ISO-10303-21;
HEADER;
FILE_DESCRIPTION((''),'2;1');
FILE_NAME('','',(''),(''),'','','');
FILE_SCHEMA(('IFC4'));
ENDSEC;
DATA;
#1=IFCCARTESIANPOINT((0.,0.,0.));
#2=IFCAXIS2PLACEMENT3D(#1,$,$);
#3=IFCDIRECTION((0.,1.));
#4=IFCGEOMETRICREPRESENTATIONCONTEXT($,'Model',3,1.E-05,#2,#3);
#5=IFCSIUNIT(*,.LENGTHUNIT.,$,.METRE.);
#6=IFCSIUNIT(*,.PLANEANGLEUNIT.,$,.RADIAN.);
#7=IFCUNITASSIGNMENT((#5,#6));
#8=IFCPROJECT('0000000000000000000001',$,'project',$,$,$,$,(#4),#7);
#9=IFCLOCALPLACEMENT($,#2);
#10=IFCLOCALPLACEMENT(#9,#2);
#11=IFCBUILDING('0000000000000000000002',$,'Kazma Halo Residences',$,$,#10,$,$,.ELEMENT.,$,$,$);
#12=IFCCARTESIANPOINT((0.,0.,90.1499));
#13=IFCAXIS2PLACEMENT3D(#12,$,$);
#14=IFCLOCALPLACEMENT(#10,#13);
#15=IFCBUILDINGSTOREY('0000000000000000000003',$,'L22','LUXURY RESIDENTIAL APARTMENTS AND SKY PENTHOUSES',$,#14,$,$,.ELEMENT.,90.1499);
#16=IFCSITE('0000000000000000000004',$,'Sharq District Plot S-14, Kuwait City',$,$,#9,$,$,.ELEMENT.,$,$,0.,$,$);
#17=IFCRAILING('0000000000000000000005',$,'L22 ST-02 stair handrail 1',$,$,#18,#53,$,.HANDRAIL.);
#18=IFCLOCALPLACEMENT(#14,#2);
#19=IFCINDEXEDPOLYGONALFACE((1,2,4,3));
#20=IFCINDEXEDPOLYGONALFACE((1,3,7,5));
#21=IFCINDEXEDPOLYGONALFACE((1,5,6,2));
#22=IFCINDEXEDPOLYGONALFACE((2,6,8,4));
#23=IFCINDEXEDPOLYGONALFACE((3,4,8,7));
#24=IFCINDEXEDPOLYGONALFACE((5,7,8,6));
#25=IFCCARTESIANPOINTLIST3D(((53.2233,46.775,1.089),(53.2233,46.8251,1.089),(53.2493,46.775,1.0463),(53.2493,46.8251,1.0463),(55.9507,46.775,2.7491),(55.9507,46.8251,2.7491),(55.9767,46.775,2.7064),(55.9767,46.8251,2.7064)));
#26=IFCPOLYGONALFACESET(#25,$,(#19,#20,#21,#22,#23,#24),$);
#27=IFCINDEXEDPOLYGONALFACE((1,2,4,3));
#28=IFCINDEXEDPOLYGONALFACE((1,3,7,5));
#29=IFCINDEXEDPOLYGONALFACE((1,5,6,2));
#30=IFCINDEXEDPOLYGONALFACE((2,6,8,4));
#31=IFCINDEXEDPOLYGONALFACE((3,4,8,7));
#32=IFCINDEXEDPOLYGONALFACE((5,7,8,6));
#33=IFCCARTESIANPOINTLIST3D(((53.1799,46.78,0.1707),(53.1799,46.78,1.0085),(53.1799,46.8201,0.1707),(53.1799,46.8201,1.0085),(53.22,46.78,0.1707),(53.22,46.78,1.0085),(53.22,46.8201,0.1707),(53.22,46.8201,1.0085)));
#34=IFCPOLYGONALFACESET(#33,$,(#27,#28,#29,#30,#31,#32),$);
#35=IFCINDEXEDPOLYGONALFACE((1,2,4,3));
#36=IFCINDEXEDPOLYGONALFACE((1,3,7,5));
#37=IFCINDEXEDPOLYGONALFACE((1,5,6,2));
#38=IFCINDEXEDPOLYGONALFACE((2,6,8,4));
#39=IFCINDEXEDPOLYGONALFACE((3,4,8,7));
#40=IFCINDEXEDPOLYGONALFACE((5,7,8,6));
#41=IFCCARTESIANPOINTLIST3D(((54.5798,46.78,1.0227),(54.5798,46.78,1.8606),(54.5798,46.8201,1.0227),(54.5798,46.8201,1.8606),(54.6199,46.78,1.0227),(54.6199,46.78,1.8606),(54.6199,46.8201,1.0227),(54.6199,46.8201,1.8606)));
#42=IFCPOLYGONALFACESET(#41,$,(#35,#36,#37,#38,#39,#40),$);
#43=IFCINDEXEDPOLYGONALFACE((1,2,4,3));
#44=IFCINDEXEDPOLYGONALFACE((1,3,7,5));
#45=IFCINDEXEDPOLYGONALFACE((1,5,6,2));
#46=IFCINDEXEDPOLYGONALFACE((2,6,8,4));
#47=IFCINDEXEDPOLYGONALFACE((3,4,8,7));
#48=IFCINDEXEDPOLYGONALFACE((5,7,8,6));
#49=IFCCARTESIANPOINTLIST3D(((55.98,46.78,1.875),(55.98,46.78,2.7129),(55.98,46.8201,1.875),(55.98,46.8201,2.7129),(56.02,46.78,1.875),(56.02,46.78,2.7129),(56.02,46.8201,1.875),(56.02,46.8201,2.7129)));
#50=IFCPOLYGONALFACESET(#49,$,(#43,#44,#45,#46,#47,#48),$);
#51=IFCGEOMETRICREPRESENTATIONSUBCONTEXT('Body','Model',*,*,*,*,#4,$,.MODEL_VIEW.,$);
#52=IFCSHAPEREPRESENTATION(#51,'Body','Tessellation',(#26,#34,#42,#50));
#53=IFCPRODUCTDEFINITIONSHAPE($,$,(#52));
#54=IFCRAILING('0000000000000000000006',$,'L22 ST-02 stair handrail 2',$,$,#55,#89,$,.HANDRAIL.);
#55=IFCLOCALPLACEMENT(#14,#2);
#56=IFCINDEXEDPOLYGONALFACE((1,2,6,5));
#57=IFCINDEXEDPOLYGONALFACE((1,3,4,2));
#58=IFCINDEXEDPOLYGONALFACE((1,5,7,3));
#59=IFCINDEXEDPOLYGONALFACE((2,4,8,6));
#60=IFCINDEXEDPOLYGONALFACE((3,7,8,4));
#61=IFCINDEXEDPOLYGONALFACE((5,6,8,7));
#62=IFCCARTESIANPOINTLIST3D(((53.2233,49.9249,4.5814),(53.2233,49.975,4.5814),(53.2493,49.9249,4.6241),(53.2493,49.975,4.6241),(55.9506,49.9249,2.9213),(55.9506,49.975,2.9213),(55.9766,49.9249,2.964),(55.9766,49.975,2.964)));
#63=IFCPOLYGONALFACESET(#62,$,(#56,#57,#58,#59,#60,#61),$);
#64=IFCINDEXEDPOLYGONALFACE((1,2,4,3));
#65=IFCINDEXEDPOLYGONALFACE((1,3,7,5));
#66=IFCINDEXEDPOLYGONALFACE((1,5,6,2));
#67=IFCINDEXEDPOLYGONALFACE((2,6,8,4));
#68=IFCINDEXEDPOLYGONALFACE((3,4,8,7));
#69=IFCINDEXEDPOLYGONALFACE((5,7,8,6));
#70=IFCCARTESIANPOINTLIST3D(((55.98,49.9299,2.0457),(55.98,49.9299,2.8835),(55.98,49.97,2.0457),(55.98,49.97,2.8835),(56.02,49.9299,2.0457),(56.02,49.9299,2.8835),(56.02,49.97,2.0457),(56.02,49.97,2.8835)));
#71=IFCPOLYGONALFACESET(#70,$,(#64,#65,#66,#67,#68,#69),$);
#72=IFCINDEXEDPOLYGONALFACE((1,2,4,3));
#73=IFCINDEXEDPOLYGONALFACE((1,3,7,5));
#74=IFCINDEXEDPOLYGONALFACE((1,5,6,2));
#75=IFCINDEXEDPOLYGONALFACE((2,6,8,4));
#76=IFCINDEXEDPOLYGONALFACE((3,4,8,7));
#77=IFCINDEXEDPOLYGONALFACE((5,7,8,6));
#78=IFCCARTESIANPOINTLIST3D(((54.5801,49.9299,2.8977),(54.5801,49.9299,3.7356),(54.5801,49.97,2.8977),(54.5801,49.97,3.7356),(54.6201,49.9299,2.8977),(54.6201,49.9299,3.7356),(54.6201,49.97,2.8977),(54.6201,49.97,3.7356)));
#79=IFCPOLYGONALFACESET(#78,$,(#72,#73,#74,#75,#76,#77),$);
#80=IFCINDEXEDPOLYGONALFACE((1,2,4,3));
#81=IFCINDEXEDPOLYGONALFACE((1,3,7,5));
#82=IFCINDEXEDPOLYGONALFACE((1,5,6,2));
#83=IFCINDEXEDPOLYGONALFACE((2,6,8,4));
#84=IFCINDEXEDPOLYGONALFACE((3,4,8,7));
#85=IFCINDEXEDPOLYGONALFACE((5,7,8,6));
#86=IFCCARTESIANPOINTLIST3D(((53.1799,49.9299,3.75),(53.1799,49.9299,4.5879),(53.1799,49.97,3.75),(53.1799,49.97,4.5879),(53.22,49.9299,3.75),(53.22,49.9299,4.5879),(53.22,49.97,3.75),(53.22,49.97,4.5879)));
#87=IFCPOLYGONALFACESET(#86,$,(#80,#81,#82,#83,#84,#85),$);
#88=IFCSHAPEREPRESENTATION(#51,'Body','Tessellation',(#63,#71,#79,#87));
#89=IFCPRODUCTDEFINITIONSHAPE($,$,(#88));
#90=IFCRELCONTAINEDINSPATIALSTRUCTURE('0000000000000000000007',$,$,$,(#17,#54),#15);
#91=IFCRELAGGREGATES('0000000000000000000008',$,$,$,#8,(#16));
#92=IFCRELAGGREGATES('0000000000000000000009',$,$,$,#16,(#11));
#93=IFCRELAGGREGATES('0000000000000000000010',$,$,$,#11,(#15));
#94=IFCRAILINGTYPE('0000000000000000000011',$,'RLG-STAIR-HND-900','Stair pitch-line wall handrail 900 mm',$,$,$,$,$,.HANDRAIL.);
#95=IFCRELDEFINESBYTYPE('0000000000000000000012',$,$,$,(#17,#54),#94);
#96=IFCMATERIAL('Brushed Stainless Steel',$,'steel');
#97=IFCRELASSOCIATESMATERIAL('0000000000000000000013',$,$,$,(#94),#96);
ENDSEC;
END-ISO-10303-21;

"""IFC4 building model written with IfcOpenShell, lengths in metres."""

from ifc_helpers import new_model, si_unit, direction, frame, origin, origin_2d, place, context, subcontext, project, spatial, rectangle, extrude, material, type_object, element, save


model = new_model("IFC4")

# Units and contexts
model_context = context("Model", 3, precision=1e-05, world=origin(), true_north=direction((0.0, 1.0)))
body_context = subcontext(model_context, "Body", "Model", "MODEL_VIEW")
ifc_project = project(units=[si_unit("LENGTHUNIT", "METRE"), si_unit("PLANEANGLEUNIT", "RADIAN")], contexts=[model_context])

# Site, building, storey
site_placement = place(None, origin())
site = spatial("IfcSite", under=ifc_project, at=site_placement, Name="Sharq District Plot S-14, Kuwait City", CompositionType="ELEMENT", RefElevation=0.0)
building_placement = place(site_placement, origin())
building = spatial("IfcBuilding", under=site, at=building_placement, Name="Kazma Halo Residences", CompositionType="ELEMENT")
storey_placement = place(building_placement, frame((0.0, 0.0, 90.1499)))
storey = spatial("IfcBuildingStorey", under=building, at=storey_placement, Name="L22", Description="LUXURY RESIDENTIAL APARTMENTS AND SKY PENTHOUSES", CompositionType="ELEMENT", Elevation=90.1499)

# Railings
ifc_material_1 = material(Name="Brushed Stainless Steel", Category="steel")
railing_type_1 = type_object("IfcRailingType", Name="RLG-STAIR-HND-900", Description="Stair pitch-line wall handrail 900 mm", PredefinedType="HANDRAIL", material=ifc_material_1)
railing_1_placement = place(storey_placement, frame((53.2, 46.8, 0.1707)))
element("IfcRailing", 1, at=railing_1_placement, inside=storey, type_object=railing_type_1, Name="L22 ST-02 stair handrail 1", PredefinedType="HANDRAIL", context=body_context, shape_type="SweptSolid", body=[
    extrude(rectangle(XDim=0.05, YDim=0.05, at=origin_2d()), frame((0.0364, 0.0, 0.897), z_axis=(0.854203, 0.0, 0.51994), x_axis=(0.0, 1.0, 0.0)), (0.0, 0.0, 1.0), 3.1929),
    extrude(rectangle(XDim=0.04, YDim=0.04, at=origin_2d()), origin(), (0.0, 0.0, 1.0), 0.8379),
    extrude(rectangle(XDim=0.04, YDim=0.04, at=origin_2d()), frame((1.3999, 0.0, 0.8521)), (0.0, 0.0, 1.0), 0.8379),
    extrude(rectangle(XDim=0.04, YDim=0.04, at=origin_2d()), frame((2.8, 0.0, 1.7043)), (0.0, 0.0, 1.0), 0.8379),
])
railing_2_placement = place(storey_placement, frame((56.0, 49.95, 2.0457)))
element("IfcRailing", 2, at=railing_2_placement, inside=storey, type_object=railing_type_1, Name="L22 ST-02 stair handrail 2", PredefinedType="HANDRAIL", context=body_context, shape_type="SweptSolid", body=[
    extrude(rectangle(XDim=0.05, YDim=0.05, at=origin_2d()), frame((-0.0364, 0.0, 0.897), z_axis=(-0.854203, 0.0, 0.51994), x_axis=(0.0, -1.0, 0.0)), (0.0, 0.0, 1.0), 3.1929),
    extrude(rectangle(XDim=0.04, YDim=0.04, at=origin_2d()), origin(), (0.0, 0.0, 1.0), 0.8379),
    extrude(rectangle(XDim=0.04, YDim=0.04, at=origin_2d()), frame((-1.3999, 0.0, 0.8521)), (0.0, 0.0, 1.0), 0.8379),
    extrude(rectangle(XDim=0.04, YDim=0.04, at=origin_2d()), frame((-2.8, 0.0, 1.7043)), (0.0, 0.0, 1.0), 0.8379),
])

save(model, "model.ifc")
